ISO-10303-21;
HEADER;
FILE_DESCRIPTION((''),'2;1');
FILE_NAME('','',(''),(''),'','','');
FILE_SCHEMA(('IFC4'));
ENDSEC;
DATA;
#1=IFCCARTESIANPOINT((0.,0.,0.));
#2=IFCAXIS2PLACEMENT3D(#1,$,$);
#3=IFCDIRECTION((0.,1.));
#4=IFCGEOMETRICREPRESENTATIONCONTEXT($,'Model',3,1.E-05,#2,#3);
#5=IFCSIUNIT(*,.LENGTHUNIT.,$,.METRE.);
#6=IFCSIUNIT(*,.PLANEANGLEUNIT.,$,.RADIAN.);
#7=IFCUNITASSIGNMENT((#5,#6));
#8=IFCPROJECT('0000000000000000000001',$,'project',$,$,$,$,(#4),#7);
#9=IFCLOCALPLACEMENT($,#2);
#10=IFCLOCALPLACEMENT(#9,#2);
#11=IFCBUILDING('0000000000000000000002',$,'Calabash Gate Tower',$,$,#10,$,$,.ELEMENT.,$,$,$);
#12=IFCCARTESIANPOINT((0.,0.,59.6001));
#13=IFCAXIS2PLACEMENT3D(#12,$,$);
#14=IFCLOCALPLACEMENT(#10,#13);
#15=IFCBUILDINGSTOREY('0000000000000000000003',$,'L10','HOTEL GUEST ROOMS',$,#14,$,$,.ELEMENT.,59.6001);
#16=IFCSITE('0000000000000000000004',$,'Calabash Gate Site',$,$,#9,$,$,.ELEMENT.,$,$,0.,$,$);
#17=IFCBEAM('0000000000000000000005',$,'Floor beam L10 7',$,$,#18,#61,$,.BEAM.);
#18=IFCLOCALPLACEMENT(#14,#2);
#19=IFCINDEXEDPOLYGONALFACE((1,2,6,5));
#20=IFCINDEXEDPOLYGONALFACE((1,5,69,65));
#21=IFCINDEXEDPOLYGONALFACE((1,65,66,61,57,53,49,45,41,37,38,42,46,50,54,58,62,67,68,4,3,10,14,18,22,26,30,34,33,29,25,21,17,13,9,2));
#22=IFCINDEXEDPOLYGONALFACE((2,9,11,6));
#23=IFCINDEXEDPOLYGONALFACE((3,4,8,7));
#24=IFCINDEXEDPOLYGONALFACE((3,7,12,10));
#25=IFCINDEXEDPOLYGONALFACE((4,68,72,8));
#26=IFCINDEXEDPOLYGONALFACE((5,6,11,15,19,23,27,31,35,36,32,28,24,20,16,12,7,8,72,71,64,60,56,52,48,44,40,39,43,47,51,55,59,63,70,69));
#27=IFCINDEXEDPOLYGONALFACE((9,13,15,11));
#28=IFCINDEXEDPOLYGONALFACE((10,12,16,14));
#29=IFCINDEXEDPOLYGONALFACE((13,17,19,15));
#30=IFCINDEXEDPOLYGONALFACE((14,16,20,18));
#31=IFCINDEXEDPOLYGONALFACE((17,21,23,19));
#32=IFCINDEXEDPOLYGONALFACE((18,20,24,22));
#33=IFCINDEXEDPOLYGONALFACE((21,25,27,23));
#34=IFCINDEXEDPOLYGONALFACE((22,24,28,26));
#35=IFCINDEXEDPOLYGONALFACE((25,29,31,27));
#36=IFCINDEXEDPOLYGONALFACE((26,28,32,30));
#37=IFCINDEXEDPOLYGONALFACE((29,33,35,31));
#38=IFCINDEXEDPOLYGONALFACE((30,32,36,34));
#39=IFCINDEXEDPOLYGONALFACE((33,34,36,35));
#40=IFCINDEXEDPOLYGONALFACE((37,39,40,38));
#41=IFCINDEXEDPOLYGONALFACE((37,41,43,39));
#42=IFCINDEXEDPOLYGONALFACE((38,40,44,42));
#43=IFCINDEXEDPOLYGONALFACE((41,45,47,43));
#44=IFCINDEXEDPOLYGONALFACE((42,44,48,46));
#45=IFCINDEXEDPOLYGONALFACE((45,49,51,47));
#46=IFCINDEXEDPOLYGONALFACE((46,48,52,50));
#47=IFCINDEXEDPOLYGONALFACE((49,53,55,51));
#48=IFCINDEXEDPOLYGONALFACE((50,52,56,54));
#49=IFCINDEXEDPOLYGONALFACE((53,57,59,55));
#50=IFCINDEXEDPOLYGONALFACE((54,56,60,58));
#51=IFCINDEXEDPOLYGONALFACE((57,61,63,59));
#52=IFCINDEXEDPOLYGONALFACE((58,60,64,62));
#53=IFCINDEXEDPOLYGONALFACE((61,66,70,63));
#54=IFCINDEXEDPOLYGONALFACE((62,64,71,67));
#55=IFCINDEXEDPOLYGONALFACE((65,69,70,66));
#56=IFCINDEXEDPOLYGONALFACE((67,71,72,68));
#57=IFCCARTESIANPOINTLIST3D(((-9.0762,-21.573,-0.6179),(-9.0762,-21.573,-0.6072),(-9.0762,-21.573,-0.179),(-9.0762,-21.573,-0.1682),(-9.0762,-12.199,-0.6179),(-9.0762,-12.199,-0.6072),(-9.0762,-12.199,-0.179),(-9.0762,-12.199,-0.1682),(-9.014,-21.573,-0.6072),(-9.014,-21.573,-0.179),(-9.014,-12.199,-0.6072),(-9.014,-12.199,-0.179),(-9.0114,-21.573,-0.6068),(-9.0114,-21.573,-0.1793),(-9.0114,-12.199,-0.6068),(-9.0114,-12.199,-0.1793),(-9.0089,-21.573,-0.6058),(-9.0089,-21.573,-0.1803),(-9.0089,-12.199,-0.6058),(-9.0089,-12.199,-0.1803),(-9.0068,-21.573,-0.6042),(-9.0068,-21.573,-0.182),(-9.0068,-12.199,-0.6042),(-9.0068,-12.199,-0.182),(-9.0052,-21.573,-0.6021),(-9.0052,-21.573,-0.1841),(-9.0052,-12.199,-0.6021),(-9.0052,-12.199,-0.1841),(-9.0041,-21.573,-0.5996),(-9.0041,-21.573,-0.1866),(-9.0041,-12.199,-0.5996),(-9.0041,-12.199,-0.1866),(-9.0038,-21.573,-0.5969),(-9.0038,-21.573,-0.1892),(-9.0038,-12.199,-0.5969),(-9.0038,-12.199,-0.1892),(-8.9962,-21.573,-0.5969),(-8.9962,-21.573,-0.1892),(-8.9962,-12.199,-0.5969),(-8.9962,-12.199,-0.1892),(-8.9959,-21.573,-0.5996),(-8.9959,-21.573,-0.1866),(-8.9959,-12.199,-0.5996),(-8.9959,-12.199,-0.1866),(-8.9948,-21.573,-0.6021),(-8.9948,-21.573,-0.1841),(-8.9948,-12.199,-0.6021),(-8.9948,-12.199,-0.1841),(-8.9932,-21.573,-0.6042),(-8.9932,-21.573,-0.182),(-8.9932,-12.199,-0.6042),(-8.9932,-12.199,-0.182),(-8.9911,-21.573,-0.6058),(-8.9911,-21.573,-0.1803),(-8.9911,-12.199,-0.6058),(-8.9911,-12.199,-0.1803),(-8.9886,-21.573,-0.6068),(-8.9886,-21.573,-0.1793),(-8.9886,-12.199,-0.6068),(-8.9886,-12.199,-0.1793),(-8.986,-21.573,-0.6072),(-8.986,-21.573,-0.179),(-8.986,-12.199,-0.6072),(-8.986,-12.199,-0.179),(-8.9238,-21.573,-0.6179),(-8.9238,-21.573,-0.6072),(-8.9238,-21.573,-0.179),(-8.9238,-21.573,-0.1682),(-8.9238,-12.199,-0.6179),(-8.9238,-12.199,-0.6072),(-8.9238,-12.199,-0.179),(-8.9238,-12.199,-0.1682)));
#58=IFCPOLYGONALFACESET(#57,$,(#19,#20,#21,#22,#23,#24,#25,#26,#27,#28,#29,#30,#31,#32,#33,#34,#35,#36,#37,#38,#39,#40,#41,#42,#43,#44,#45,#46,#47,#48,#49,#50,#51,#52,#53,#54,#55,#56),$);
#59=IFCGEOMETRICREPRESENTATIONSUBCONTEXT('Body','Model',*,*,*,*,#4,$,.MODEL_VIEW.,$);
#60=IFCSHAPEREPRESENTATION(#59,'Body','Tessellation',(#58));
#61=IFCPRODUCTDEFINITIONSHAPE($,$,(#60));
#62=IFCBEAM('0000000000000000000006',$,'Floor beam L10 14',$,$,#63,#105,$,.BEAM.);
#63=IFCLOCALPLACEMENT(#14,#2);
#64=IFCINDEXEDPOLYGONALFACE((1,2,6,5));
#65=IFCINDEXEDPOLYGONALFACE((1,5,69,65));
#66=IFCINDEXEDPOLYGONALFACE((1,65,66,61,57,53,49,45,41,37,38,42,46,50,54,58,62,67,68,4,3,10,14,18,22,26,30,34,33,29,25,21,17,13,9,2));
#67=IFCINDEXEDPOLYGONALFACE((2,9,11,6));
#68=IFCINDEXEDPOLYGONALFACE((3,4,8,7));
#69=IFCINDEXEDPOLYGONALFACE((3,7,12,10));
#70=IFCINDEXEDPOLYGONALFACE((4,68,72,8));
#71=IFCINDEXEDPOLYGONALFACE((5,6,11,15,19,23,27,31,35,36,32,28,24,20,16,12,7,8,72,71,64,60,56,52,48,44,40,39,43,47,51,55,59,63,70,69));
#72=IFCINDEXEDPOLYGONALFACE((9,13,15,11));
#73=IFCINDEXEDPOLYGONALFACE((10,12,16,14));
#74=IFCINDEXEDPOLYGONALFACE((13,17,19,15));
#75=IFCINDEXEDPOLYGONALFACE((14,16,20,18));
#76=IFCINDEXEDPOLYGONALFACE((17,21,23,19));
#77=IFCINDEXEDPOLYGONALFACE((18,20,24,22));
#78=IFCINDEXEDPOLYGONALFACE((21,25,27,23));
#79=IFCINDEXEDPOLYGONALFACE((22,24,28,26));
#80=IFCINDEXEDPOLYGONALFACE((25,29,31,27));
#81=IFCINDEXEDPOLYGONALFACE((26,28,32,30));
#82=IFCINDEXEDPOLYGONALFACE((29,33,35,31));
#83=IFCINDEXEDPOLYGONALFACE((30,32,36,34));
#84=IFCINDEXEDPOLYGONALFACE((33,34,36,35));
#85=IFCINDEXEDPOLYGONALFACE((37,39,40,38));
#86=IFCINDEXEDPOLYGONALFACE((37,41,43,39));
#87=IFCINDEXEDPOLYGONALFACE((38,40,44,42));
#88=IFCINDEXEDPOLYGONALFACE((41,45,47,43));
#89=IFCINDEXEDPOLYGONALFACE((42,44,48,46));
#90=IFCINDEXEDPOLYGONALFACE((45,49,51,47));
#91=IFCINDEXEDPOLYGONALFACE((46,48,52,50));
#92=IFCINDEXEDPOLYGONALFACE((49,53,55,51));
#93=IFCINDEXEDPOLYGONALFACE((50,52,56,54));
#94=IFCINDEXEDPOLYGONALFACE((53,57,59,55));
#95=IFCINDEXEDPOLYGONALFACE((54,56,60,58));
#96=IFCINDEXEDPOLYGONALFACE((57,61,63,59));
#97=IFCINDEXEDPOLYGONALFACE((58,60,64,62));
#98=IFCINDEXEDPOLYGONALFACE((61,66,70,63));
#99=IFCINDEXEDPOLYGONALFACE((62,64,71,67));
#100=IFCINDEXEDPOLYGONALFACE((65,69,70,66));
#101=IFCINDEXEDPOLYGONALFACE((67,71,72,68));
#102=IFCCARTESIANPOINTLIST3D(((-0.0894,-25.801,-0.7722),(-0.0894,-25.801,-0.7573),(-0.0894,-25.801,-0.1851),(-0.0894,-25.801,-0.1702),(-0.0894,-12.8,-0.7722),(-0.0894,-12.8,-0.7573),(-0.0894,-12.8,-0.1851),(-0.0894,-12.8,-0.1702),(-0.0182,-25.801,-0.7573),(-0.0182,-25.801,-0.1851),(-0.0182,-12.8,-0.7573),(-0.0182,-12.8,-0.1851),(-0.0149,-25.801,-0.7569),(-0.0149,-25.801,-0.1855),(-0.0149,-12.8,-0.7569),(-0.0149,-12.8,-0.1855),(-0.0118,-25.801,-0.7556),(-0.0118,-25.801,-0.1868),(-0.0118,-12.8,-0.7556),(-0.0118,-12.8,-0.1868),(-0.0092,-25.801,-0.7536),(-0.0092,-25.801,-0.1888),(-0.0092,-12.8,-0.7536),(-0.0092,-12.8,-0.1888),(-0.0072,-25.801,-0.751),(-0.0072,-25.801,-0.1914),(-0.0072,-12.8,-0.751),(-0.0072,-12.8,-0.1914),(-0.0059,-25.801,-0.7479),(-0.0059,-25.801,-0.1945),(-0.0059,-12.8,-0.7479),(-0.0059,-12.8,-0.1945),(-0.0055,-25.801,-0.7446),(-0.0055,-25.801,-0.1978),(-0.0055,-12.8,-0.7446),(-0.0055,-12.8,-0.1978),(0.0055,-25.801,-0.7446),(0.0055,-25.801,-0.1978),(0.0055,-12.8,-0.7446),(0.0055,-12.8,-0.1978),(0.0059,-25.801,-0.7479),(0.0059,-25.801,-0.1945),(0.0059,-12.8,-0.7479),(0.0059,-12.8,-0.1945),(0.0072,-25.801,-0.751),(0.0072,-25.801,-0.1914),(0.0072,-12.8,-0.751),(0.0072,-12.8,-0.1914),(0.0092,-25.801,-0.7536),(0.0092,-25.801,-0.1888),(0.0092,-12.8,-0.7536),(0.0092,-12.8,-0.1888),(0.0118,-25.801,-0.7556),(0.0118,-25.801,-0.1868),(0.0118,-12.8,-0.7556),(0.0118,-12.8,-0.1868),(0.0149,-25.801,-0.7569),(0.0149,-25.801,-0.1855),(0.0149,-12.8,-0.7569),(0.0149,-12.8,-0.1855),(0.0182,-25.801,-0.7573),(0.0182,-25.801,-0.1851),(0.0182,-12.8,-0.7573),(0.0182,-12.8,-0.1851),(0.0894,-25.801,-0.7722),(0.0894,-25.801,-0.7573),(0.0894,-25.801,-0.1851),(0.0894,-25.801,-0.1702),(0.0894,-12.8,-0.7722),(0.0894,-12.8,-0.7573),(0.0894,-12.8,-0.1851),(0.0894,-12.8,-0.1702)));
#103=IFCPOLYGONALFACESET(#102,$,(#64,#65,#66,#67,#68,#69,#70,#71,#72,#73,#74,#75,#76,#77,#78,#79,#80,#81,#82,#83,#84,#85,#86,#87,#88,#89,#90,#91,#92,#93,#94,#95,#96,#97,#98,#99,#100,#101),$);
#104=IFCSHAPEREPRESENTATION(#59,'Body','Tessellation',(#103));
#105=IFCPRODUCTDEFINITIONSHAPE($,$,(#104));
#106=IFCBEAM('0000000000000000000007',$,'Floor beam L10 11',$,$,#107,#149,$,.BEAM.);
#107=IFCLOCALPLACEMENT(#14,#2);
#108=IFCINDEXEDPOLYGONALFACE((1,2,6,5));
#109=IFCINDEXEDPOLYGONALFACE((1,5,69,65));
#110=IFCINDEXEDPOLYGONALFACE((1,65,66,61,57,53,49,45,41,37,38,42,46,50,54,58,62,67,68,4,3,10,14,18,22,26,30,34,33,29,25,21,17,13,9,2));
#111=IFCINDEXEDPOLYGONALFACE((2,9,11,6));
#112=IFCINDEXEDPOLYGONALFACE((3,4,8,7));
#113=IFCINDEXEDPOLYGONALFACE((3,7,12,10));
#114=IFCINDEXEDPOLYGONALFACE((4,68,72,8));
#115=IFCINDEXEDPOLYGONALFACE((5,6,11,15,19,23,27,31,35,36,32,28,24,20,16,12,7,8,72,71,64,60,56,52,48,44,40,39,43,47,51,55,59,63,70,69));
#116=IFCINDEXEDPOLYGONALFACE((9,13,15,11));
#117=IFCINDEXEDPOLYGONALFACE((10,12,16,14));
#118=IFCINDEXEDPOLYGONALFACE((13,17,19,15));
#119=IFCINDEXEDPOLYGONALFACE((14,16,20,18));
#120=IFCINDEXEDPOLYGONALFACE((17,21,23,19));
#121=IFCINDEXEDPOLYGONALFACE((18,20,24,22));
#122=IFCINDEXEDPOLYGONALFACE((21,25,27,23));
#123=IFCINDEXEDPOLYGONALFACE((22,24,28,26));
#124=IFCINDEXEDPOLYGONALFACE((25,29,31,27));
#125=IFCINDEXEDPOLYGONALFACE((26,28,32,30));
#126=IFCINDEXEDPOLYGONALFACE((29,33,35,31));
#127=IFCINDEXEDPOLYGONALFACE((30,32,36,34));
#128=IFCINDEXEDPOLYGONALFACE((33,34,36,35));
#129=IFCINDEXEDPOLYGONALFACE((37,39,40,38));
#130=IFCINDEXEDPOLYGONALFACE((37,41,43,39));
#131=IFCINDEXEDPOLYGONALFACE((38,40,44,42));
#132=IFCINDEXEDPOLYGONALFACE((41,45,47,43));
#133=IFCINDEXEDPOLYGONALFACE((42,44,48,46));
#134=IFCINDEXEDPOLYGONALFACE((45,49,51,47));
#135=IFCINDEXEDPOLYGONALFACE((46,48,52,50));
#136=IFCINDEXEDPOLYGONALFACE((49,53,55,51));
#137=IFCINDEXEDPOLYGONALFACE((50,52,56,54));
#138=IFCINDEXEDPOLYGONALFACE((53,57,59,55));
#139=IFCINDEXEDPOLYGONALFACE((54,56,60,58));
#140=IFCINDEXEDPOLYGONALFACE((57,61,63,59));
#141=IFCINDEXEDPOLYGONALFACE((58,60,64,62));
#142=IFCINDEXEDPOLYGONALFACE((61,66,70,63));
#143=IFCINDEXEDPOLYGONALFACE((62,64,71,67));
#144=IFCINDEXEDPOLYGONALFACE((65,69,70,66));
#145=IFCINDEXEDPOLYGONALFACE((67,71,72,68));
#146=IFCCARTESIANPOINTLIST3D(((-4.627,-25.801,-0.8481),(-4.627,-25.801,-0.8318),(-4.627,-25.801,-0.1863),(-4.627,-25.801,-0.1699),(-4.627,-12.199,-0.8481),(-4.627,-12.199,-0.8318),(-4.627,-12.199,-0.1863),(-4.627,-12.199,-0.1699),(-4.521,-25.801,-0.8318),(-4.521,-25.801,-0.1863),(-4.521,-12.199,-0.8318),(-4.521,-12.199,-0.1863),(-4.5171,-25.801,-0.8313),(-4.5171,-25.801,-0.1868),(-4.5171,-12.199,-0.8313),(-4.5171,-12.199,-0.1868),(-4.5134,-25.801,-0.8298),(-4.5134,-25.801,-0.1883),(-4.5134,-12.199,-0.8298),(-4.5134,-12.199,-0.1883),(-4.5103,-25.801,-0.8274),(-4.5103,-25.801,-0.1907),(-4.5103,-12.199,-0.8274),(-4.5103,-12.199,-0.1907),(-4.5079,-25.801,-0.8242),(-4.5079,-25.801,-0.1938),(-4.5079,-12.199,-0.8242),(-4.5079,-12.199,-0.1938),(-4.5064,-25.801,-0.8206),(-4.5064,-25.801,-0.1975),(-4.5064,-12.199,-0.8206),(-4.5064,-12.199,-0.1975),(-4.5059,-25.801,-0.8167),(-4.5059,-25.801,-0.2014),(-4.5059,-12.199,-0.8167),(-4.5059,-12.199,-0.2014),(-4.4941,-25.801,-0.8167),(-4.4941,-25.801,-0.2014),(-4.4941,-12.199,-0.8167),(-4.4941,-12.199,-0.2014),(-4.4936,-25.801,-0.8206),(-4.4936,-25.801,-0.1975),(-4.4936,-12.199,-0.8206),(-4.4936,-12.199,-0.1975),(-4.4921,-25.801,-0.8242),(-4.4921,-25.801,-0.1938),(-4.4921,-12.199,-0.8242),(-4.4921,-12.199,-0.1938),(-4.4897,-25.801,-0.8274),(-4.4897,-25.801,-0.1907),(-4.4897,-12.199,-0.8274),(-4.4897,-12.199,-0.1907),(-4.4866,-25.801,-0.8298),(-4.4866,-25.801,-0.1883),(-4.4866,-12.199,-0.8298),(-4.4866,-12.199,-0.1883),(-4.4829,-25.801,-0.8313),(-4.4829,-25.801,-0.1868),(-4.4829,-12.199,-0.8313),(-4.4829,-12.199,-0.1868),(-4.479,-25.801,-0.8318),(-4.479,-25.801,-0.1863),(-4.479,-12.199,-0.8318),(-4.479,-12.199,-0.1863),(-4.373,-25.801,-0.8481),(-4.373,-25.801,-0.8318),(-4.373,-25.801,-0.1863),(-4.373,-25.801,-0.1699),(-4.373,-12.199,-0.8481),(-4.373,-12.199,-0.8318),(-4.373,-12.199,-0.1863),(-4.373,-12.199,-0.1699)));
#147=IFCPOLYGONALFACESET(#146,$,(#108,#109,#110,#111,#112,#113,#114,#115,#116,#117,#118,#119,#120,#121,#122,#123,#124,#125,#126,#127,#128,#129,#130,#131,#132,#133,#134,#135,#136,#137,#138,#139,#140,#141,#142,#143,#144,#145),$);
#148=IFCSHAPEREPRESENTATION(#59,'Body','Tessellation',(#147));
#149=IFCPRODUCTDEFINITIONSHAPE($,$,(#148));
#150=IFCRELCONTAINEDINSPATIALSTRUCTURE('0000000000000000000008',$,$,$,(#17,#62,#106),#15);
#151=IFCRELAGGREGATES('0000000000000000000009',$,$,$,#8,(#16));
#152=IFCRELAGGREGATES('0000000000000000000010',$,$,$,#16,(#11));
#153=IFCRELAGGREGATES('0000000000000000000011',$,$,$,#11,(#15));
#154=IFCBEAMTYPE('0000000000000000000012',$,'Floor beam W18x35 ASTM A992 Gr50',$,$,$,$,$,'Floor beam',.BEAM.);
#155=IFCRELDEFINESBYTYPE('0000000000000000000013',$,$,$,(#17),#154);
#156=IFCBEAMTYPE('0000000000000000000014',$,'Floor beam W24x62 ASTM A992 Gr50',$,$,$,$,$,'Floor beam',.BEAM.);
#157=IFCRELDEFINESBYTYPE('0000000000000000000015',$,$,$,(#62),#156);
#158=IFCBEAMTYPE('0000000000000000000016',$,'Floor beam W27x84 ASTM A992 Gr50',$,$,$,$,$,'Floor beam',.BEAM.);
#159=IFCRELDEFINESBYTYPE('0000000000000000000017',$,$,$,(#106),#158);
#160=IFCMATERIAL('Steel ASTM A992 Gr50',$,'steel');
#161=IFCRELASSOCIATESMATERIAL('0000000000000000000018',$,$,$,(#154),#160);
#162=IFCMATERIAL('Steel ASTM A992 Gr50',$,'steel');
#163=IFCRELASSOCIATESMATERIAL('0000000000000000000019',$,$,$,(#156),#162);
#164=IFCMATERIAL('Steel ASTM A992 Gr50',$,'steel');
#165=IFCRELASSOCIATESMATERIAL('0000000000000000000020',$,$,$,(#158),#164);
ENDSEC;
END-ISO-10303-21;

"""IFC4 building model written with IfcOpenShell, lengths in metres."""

from ifc_helpers import new_model, si_unit, direction, frame, origin, origin_2d, place, context, subcontext, project, spatial, i_section, extrude, material, material_profile, profile_set, type_object, element, save


model = new_model("IFC4")

# Units and contexts
model_context = context("Model", 3, precision=1e-05, world=origin(), true_north=direction((0.0, 1.0)))
body_context = subcontext(model_context, "Body", "Model", "MODEL_VIEW")
ifc_project = project(units=[si_unit("LENGTHUNIT", "METRE"), si_unit("PLANEANGLEUNIT", "RADIAN")], contexts=[model_context])

# Site, building, storey
site_placement = place(None, origin())
site = spatial("IfcSite", under=ifc_project, at=site_placement, Name="Calabash Gate Site", CompositionType="ELEMENT", RefElevation=0.0)
building_placement = place(site_placement, origin())
building = spatial("IfcBuilding", under=site, at=building_placement, Name="Calabash Gate Tower", CompositionType="ELEMENT")
storey_placement = place(building_placement, frame((0.0, 0.0, 59.6001)))
storey = spatial("IfcBuildingStorey", under=building, at=storey_placement, Name="L10", Description="HOTEL GUEST ROOMS", CompositionType="ELEMENT", Elevation=59.6001)

# Beams
ifc_material_1 = material(Name="Steel ASTM A992 Gr50", Category="steel")
ifc_material_profile_1 = material_profile(ifc_material_1, i_section(OverallWidth=0.1523, OverallDepth=0.4497, WebThickness=0.0076, FlangeThickness=0.0107, FilletRadius=0.0103, at=origin_2d()))
ifc_profile_set_1 = profile_set([ifc_material_profile_1], Name="Steel ASTM A992 Gr50")
beam_type_1 = type_object("IfcBeamType", Name="Floor beam W18x35 ASTM A992 Gr50", ElementType="Floor beam", PredefinedType="BEAM", material=ifc_profile_set_1)
beam_1_placement = place(storey_placement, frame((-9.0, -21.573, -0.3931), z_axis=(0.0, 1.0, 0.0), x_axis=(-1.0, 0.0, 0.0)))
element("IfcBeam", 1, at=beam_1_placement, inside=storey, type_object=beam_type_1, Name="Floor beam L10 7", PredefinedType="BEAM", context=body_context, shape_type="SweptSolid", body=[
    extrude(i_section(OverallWidth=0.1523, OverallDepth=0.4497, WebThickness=0.0076, FlangeThickness=0.0107, FilletRadius=0.0103, at=origin_2d()), origin(), (0.0, 0.0, 1.0), 9.374),
])
ifc_material_2 = material(Name="Steel ASTM A992 Gr50", Category="steel")
ifc_material_profile_2 = material_profile(ifc_material_2, i_section(OverallWidth=0.1787, OverallDepth=0.6021, WebThickness=0.011, FlangeThickness=0.0149, FilletRadius=0.0127, at=origin_2d()))
ifc_profile_set_2 = profile_set([ifc_material_profile_2], Name="Steel ASTM A992 Gr50")
beam_type_2 = type_object("IfcBeamType", Name="Floor beam W24x62 ASTM A992 Gr50", ElementType="Floor beam", PredefinedType="BEAM", material=ifc_profile_set_2)
beam_2_placement = place(storey_placement, frame((0.0, -25.801, -0.4712), z_axis=(0.0, 1.0, 0.0), x_axis=(-1.0, 0.0, 0.0)))
element("IfcBeam", 2, at=beam_2_placement, inside=storey, type_object=beam_type_2, Name="Floor beam L10 14", PredefinedType="BEAM", context=body_context, shape_type="SweptSolid", body=[
    extrude(i_section(OverallWidth=0.1787, OverallDepth=0.6021, WebThickness=0.011, FlangeThickness=0.0149, FilletRadius=0.0127, at=origin_2d()), origin(), (0.0, 0.0, 1.0), 13.001),
])
ifc_material_3 = material(Name="Steel ASTM A992 Gr50", Category="steel")
ifc_material_profile_3 = material_profile(ifc_material_3, i_section(OverallWidth=0.2539, OverallDepth=0.6782, WebThickness=0.0117, FlangeThickness=0.0164, FilletRadius=0.0151, at=origin_2d()))
ifc_profile_set_3 = profile_set([ifc_material_profile_3], Name="Steel ASTM A992 Gr50")
beam_type_3 = type_object("IfcBeamType", Name="Floor beam W27x84 ASTM A992 Gr50", ElementType="Floor beam", PredefinedType="BEAM", material=ifc_profile_set_3)
beam_3_placement = place(storey_placement, frame((-4.5, -25.801, -0.509), z_axis=(0.0, 1.0, 0.0), x_axis=(-1.0, 0.0, 0.0)))
element("IfcBeam", 3, at=beam_3_placement, inside=storey, type_object=beam_type_3, Name="Floor beam L10 11", PredefinedType="BEAM", context=body_context, shape_type="SweptSolid", body=[
    extrude(i_section(OverallWidth=0.2539, OverallDepth=0.6782, WebThickness=0.0117, FlangeThickness=0.0164, FilletRadius=0.0151, at=origin_2d()), origin(), (0.0, 0.0, 1.0), 13.6021),
])

save(model, "model.ifc")
